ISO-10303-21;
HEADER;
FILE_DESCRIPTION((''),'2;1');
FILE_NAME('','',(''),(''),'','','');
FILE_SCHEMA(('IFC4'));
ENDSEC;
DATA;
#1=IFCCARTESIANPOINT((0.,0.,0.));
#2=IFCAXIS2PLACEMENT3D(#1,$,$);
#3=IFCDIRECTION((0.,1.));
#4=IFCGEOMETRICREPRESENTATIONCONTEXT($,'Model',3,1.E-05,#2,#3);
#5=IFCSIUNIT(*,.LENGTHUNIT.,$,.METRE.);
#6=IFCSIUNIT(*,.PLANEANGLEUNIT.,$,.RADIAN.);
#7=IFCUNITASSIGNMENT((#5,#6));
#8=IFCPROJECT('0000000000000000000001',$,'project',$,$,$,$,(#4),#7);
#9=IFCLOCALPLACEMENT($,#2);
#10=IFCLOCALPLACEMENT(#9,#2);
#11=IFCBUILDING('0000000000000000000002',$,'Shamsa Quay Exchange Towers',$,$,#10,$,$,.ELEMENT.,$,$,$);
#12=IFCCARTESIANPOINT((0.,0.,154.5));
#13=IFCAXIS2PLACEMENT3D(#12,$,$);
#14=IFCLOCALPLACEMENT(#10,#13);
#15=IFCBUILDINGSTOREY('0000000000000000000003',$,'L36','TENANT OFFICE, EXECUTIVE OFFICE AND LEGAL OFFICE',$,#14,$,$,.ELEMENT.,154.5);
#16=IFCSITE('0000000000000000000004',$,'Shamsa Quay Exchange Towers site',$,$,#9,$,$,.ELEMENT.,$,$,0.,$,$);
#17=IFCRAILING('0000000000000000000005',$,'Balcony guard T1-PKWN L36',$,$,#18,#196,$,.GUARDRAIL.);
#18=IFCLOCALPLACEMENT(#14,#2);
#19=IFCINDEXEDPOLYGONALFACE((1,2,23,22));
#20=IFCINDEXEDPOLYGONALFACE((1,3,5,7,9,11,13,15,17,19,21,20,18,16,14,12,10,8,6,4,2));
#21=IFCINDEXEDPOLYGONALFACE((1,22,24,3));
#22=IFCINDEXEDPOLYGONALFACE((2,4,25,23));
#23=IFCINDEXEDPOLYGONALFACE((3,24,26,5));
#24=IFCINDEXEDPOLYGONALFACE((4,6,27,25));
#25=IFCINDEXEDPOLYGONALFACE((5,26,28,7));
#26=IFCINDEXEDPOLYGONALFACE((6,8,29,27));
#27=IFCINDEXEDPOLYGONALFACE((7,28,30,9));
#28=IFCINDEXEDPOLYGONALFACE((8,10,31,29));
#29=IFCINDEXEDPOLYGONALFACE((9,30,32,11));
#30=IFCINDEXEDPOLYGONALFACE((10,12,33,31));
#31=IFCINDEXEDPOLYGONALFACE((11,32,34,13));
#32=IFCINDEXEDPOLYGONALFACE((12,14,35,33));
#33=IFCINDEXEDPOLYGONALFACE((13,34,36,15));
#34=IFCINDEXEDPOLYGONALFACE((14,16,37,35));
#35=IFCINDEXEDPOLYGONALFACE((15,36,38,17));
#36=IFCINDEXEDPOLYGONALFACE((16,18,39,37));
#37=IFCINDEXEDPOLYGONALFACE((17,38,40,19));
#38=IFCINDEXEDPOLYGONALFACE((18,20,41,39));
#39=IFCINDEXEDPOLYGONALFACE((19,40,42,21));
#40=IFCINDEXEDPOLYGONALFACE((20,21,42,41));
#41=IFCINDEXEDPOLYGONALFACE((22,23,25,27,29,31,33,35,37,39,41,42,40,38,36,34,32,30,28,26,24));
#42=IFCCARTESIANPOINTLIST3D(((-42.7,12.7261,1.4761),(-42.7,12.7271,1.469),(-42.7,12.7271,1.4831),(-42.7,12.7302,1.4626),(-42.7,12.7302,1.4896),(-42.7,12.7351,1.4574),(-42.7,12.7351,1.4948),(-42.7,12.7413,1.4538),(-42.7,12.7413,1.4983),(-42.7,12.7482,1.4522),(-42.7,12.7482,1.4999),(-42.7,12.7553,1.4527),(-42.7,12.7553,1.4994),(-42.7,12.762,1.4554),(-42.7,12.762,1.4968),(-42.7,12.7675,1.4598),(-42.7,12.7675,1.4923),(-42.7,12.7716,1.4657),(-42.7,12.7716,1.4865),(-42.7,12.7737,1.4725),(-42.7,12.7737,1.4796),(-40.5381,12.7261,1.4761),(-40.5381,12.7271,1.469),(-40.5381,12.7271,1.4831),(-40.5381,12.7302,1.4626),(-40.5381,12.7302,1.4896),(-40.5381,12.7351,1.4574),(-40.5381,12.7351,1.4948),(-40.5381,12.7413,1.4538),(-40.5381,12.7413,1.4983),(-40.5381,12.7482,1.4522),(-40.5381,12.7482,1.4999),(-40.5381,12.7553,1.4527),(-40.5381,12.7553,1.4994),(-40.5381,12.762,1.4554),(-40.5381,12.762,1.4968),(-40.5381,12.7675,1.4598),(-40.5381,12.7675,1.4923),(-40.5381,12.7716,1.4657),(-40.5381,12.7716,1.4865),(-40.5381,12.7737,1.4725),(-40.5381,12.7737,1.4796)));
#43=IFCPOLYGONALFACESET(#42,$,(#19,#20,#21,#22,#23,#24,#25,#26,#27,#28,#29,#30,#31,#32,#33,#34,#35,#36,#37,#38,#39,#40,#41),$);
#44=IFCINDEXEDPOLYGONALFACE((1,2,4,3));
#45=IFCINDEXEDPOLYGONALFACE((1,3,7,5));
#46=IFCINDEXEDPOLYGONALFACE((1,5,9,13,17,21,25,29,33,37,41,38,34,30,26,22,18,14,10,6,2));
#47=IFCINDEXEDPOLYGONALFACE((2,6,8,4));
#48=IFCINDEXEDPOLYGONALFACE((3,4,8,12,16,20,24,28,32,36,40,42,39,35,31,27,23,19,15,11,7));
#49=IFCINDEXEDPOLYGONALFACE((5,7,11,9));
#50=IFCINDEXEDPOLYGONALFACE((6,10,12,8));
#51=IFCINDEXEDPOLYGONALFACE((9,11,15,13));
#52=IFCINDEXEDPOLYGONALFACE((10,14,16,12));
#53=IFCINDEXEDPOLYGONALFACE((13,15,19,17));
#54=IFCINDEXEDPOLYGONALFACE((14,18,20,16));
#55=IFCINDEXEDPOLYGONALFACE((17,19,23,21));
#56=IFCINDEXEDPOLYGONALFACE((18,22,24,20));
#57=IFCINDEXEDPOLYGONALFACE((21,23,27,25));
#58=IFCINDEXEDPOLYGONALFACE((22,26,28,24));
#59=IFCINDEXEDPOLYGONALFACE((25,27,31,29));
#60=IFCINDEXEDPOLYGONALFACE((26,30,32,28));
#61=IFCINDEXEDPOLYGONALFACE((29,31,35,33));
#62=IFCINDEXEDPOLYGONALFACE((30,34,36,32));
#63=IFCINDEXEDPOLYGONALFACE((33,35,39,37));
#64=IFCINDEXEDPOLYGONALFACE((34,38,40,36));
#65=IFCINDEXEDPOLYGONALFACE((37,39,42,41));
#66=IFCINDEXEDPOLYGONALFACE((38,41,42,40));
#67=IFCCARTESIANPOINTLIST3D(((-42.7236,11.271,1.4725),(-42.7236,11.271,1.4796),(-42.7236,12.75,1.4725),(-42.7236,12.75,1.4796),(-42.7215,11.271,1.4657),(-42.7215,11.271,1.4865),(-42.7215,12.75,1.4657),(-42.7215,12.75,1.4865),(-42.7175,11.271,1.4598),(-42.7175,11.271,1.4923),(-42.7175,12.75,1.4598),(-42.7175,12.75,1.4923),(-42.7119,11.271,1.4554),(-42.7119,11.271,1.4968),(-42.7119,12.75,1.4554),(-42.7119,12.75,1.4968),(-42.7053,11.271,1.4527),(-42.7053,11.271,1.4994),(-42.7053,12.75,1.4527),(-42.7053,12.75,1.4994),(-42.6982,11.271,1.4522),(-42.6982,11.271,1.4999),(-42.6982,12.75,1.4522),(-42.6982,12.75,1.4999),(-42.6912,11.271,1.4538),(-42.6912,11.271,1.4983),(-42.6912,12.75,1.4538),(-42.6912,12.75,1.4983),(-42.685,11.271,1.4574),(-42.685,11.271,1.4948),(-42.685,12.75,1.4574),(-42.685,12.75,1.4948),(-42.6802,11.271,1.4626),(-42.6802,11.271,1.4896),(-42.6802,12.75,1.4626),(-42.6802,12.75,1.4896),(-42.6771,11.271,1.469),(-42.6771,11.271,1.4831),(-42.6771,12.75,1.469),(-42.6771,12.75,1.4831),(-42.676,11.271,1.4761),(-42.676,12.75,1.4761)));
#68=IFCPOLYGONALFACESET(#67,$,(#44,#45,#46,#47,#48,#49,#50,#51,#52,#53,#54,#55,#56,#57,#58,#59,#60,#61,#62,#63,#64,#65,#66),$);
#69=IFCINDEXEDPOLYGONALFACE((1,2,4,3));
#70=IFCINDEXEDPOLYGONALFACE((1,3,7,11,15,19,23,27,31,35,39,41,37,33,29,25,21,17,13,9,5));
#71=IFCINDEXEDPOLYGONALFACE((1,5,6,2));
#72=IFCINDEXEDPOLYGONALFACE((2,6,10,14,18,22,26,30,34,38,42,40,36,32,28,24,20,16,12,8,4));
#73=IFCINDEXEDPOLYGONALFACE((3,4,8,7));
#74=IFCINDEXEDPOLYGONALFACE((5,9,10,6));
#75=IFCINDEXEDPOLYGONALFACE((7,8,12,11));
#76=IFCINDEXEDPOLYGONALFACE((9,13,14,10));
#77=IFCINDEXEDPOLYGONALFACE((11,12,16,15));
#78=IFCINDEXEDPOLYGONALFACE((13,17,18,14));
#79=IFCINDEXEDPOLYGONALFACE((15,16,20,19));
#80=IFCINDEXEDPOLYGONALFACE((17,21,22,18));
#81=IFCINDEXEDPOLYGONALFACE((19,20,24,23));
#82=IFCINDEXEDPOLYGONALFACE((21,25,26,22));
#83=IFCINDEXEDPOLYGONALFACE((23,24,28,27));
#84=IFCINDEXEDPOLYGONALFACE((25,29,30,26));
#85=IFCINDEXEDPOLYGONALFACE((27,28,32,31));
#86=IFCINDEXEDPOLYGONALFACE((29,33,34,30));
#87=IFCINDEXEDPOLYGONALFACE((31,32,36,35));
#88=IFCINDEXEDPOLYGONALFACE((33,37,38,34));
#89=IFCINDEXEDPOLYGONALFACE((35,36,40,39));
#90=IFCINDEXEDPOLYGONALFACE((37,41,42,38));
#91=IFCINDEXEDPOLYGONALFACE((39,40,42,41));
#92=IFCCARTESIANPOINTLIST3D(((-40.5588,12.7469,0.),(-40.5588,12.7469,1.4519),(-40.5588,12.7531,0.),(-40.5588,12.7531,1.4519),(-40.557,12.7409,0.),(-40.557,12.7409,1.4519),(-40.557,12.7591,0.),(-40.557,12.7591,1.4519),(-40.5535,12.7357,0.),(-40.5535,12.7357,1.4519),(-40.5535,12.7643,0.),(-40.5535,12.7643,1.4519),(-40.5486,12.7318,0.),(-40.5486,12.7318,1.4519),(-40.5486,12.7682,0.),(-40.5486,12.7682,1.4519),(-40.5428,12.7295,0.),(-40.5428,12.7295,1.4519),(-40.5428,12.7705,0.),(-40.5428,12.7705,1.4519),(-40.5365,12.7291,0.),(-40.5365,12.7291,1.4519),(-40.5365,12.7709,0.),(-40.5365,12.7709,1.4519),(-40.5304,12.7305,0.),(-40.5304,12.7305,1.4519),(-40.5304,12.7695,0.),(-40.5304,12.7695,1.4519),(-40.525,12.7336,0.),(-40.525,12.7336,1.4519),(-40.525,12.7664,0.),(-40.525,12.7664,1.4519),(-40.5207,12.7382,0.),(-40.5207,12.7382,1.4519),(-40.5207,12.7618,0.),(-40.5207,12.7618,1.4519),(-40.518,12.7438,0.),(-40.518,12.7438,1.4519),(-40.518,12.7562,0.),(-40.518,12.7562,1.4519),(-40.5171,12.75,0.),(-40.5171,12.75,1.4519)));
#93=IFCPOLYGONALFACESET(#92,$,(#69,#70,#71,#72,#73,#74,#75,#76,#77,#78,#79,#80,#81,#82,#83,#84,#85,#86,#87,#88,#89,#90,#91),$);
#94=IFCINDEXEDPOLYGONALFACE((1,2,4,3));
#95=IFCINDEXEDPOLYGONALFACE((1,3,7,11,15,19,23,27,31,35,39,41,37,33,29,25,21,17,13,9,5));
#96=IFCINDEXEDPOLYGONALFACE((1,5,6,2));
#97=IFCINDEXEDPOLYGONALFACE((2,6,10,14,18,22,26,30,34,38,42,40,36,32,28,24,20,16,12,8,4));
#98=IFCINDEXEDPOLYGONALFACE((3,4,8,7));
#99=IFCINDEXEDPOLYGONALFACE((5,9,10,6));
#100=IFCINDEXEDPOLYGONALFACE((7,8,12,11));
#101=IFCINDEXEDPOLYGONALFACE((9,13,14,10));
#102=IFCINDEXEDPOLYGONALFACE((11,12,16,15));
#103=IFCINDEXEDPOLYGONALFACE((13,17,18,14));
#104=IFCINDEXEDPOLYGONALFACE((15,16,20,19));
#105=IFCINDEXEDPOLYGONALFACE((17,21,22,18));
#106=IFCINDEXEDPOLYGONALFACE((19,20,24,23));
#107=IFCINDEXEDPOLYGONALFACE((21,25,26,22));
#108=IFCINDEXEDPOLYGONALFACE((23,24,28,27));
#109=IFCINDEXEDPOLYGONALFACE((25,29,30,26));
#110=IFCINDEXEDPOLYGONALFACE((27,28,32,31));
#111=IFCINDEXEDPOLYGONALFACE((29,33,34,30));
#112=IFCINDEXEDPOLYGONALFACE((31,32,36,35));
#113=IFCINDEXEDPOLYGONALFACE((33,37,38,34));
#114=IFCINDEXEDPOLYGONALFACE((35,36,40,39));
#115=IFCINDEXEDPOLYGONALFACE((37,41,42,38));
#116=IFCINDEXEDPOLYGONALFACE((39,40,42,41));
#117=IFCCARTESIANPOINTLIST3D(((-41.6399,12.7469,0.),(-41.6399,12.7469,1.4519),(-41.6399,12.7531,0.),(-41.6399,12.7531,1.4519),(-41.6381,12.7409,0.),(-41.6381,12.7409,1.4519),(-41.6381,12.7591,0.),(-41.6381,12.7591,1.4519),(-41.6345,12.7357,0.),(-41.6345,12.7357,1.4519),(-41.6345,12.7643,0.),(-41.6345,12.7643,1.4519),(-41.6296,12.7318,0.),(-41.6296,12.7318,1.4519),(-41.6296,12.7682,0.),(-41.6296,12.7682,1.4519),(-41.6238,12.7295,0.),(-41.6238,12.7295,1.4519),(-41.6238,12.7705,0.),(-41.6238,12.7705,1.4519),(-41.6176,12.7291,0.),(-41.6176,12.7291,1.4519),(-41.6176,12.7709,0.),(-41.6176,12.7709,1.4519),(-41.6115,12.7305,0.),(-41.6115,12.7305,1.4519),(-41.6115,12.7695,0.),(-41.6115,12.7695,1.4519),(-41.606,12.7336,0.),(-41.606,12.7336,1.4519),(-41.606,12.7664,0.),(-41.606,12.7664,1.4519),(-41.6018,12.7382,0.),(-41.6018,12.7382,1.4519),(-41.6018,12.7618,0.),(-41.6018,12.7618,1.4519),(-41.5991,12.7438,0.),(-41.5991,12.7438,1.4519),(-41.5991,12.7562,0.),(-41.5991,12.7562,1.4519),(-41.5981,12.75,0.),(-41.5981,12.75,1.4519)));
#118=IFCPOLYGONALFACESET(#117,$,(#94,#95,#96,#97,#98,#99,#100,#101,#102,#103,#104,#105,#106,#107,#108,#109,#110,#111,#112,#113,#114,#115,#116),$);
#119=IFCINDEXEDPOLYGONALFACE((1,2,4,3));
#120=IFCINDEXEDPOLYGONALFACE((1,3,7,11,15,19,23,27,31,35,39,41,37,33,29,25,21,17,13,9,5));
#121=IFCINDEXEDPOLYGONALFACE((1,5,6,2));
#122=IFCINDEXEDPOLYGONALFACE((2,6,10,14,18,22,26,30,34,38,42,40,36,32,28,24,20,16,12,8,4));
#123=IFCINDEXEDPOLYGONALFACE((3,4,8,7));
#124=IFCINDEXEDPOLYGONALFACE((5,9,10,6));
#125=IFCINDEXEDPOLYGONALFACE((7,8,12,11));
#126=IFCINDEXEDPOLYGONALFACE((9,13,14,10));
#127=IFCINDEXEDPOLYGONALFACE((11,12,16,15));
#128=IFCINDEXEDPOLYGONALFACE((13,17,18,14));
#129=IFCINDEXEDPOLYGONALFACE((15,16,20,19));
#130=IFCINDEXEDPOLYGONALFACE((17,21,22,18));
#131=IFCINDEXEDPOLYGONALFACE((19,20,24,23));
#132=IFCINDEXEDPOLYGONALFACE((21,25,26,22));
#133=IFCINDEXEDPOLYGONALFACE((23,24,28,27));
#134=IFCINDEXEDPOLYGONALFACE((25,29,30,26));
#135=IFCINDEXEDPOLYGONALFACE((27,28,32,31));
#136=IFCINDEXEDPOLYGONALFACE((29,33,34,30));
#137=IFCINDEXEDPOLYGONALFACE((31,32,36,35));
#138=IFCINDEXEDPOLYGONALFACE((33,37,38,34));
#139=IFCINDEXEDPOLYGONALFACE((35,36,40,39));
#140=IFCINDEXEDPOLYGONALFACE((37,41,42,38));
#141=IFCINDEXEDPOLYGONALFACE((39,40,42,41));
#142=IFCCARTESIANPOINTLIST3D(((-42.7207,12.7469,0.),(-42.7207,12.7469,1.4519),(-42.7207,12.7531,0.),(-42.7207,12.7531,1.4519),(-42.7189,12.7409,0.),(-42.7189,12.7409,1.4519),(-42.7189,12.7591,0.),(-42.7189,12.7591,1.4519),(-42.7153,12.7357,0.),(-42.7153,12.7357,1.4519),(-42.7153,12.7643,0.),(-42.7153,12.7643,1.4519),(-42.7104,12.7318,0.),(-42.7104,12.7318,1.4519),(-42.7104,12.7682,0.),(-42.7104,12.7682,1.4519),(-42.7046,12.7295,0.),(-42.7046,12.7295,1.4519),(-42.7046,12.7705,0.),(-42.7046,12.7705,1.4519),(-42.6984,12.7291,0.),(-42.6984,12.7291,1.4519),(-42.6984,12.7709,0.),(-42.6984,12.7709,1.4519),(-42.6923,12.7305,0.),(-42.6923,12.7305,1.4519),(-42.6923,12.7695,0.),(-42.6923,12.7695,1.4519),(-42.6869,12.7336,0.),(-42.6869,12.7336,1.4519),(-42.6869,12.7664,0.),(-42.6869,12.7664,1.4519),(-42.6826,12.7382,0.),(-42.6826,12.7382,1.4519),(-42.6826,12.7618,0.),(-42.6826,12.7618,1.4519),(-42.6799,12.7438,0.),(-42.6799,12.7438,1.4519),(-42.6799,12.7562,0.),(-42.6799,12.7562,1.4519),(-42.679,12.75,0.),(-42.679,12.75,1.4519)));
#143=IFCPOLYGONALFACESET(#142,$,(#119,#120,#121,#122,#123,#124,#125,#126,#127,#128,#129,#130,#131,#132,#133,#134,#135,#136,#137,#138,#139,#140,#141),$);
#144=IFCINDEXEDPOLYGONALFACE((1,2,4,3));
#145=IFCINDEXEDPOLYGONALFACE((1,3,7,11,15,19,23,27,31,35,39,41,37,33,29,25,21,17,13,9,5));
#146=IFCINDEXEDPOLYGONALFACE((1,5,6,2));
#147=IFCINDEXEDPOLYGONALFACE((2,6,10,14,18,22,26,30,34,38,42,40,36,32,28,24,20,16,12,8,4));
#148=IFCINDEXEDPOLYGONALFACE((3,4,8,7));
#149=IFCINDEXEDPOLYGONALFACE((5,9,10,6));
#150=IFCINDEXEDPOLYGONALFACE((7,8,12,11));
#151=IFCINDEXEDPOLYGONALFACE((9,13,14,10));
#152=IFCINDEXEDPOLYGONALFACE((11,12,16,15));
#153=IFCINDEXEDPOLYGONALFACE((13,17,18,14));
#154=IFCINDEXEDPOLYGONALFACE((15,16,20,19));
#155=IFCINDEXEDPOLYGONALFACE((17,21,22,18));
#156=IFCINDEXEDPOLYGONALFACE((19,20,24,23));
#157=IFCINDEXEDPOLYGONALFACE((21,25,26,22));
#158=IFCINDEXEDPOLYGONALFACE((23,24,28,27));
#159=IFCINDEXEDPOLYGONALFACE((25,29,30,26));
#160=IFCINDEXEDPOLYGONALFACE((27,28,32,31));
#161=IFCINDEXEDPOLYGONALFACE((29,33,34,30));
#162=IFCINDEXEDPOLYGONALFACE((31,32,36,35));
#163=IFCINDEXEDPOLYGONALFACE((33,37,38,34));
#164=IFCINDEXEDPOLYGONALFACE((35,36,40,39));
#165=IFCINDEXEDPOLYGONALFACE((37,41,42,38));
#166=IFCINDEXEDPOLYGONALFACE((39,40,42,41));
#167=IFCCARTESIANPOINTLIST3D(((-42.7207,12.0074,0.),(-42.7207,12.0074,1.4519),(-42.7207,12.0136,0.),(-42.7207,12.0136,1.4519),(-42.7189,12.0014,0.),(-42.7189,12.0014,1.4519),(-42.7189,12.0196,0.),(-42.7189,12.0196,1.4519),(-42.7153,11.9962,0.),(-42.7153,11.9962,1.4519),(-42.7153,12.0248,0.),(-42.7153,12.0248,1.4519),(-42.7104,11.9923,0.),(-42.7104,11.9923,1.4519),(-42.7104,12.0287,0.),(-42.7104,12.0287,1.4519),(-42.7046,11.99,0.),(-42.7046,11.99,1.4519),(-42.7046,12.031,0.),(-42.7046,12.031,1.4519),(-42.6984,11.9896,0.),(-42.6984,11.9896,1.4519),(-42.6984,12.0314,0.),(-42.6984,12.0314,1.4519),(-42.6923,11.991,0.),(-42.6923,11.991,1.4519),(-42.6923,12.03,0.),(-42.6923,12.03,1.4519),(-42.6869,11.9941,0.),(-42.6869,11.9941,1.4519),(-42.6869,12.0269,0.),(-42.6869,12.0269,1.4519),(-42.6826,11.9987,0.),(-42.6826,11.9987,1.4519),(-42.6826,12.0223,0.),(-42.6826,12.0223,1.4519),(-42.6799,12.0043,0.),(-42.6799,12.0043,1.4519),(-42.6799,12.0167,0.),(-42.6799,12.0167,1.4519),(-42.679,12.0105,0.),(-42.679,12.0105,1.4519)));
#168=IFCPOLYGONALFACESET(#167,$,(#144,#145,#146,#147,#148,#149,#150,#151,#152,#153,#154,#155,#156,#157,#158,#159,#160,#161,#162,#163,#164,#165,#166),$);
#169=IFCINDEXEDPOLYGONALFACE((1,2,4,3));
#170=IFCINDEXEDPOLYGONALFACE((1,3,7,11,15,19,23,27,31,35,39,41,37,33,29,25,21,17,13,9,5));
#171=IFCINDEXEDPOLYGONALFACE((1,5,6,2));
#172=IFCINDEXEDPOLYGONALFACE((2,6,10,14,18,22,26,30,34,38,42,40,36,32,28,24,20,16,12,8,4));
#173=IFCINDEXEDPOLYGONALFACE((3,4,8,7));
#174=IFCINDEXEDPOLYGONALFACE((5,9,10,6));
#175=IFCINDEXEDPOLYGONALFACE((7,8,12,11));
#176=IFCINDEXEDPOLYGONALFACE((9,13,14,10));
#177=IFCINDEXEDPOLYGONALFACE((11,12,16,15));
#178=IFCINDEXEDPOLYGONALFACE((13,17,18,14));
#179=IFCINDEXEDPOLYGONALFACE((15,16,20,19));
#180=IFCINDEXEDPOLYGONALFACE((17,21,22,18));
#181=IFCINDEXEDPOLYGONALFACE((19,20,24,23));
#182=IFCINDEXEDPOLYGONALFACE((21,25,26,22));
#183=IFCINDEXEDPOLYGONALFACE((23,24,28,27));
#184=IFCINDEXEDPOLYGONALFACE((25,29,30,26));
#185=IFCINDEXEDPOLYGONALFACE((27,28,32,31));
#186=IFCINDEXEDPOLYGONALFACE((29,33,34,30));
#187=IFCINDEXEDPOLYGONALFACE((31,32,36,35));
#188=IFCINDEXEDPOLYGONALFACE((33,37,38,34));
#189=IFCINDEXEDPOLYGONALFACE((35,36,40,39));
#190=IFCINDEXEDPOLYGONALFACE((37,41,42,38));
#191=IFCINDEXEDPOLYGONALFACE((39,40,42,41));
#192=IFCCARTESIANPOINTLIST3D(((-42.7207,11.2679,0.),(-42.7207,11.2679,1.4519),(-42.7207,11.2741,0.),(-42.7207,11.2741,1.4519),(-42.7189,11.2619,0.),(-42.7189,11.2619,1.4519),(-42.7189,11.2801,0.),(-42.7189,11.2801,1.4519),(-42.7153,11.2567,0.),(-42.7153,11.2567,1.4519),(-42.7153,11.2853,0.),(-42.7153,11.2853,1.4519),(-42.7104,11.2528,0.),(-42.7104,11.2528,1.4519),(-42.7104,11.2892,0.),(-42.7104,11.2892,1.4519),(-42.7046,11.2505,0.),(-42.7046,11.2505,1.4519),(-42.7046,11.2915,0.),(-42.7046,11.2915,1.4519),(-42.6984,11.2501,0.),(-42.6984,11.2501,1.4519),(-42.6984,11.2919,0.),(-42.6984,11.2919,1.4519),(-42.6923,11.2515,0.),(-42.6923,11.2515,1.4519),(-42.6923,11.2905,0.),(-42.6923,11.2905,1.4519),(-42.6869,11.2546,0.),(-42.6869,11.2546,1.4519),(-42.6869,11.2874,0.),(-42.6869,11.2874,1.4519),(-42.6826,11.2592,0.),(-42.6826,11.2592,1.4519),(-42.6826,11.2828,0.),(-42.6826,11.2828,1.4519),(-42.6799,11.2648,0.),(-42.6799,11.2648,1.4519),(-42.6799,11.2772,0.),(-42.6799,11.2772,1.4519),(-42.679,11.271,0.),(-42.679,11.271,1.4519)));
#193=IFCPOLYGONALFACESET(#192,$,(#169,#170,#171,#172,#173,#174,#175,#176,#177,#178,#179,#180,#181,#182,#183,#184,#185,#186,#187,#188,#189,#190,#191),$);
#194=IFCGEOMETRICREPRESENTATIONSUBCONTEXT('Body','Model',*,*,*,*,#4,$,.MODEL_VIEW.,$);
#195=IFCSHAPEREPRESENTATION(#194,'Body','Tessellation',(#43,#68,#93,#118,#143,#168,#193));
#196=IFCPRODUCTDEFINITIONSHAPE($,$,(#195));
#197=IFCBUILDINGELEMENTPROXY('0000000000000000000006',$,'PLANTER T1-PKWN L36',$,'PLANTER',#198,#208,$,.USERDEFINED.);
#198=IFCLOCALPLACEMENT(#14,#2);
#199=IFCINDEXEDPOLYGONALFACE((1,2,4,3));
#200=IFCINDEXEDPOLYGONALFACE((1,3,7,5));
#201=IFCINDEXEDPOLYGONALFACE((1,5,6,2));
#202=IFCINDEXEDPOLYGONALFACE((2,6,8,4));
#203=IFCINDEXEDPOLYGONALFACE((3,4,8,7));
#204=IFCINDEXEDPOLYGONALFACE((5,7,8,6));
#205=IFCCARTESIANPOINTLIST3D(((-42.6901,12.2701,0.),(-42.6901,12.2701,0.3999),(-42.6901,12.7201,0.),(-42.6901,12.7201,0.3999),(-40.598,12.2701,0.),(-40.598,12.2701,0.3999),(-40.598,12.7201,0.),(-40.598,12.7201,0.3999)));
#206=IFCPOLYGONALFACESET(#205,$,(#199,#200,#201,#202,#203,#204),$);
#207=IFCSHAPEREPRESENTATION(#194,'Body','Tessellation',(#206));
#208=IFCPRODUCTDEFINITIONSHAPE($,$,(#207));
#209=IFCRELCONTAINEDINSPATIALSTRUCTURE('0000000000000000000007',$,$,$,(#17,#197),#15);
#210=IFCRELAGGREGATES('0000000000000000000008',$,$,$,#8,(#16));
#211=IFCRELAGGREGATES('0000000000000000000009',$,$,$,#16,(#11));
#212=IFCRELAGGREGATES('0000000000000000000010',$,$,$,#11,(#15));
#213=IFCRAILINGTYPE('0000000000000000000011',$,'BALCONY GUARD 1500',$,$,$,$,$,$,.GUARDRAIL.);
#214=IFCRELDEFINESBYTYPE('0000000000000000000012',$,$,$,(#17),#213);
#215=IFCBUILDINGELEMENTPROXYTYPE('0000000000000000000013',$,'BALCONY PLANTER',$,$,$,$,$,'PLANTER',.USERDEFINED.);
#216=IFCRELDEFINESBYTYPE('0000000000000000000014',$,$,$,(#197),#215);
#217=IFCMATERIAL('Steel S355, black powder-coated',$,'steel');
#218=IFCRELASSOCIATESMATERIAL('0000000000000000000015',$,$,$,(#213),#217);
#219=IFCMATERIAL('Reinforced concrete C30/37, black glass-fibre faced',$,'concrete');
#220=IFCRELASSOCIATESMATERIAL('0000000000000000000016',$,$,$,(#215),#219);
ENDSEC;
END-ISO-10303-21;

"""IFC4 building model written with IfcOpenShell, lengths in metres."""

from ifc_helpers import new_model, si_unit, direction, frame, origin, origin_2d, place, context, subcontext, project, spatial, rectangle, circle, extrude, material, type_object, element, save


model = new_model("IFC4")

# Units and contexts
model_context = context("Model", 3, precision=1e-05, world=origin(), true_north=direction((0.0, 1.0)))
body_context = subcontext(model_context, "Body", "Model", "MODEL_VIEW")
ifc_project = project(units=[si_unit("LENGTHUNIT", "METRE"), si_unit("PLANEANGLEUNIT", "RADIAN")], contexts=[model_context])

# Site, building, storey
site_placement = place(None, origin())
site = spatial("IfcSite", under=ifc_project, at=site_placement, Name="Shamsa Quay Exchange Towers site", CompositionType="ELEMENT", RefElevation=0.0)
building_placement = place(site_placement, origin())
building = spatial("IfcBuilding", under=site, at=building_placement, Name="Shamsa Quay Exchange Towers", CompositionType="ELEMENT")
storey_placement = place(building_placement, frame((0.0, 0.0, 154.5)))
storey = spatial("IfcBuildingStorey", under=building, at=storey_placement, Name="L36", Description="TENANT OFFICE, EXECUTIVE OFFICE AND LEGAL OFFICE", CompositionType="ELEMENT", Elevation=154.5)

# Railing
ifc_material_1 = material(Name="Steel S355, black powder-coated", Category="steel")
railing_type_1 = type_object("IfcRailingType", Name="BALCONY GUARD 1500", PredefinedType="GUARDRAIL", material=ifc_material_1)
railing_1_placement = place(storey_placement, frame((-40.5381, 12.75, 0.0)))
element("IfcRailing", 1, at=railing_1_placement, inside=storey, type_object=railing_type_1, Name="Balcony guard T1-PKWN L36", PredefinedType="GUARDRAIL", context=body_context, shape_type="SweptSolid", body=[
    extrude(circle(Radius=0.0239, at=origin_2d()), frame((0.0, 0.0, 1.4761), z_axis=(-1.0, 0.0, 0.0), x_axis=(0.0, -1.0, 0.0)), (0.0, 0.0, 1.0), 2.1619),
    extrude(circle(Radius=0.0239, at=origin_2d()), frame((-2.1619, 0.0, 1.4761), z_axis=(0.0, -1.0, 0.0), x_axis=(1.0, 0.0, 0.0)), (0.0, 0.0, 1.0), 1.479),
    extrude(circle(Radius=0.021, at=origin_2d()), origin(), (0.0, 0.0, 1.0), 1.4519),
    extrude(circle(Radius=0.021, at=origin_2d()), frame((-1.0811, 0.0, 0.0)), (0.0, 0.0, 1.0), 1.4519),
    extrude(circle(Radius=0.021, at=origin_2d()), frame((-2.1619, 0.0, 0.0)), (0.0, 0.0, 1.0), 1.4519),
    extrude(circle(Radius=0.021, at=origin_2d()), frame((-2.1619, -0.7395, 0.0)), (0.0, 0.0, 1.0), 1.4519),
    extrude(circle(Radius=0.021, at=origin_2d()), frame((-2.1619, -1.479, 0.0)), (0.0, 0.0, 1.0), 1.4519),
])

# Building element proxy
ifc_material_2 = material(Name="Reinforced concrete C30/37, black glass-fibre faced", Category="concrete")
building_element_proxy_type = type_object("IfcBuildingElementProxyType", Name="BALCONY PLANTER", ElementType="PLANTER", PredefinedType="USERDEFINED", material=ifc_material_2)
proxy_placement = place(storey_placement, frame((-41.644, 12.4951, 0.0), z_axis=(0.0, 0.0, 1.0), x_axis=(-1.0, 0.0, 0.0)))
element("IfcBuildingElementProxy", 2, at=proxy_placement, inside=storey, type_object=building_element_proxy_type, Name="PLANTER T1-PKWN L36", ObjectType="PLANTER", PredefinedType="USERDEFINED", context=body_context, shape_type="SweptSolid", body=[
    extrude(rectangle(XDim=2.092, YDim=0.45, at=origin_2d()), origin(), (0.0, 0.0, 1.0), 0.3999),
])

save(model, "model.ifc")
